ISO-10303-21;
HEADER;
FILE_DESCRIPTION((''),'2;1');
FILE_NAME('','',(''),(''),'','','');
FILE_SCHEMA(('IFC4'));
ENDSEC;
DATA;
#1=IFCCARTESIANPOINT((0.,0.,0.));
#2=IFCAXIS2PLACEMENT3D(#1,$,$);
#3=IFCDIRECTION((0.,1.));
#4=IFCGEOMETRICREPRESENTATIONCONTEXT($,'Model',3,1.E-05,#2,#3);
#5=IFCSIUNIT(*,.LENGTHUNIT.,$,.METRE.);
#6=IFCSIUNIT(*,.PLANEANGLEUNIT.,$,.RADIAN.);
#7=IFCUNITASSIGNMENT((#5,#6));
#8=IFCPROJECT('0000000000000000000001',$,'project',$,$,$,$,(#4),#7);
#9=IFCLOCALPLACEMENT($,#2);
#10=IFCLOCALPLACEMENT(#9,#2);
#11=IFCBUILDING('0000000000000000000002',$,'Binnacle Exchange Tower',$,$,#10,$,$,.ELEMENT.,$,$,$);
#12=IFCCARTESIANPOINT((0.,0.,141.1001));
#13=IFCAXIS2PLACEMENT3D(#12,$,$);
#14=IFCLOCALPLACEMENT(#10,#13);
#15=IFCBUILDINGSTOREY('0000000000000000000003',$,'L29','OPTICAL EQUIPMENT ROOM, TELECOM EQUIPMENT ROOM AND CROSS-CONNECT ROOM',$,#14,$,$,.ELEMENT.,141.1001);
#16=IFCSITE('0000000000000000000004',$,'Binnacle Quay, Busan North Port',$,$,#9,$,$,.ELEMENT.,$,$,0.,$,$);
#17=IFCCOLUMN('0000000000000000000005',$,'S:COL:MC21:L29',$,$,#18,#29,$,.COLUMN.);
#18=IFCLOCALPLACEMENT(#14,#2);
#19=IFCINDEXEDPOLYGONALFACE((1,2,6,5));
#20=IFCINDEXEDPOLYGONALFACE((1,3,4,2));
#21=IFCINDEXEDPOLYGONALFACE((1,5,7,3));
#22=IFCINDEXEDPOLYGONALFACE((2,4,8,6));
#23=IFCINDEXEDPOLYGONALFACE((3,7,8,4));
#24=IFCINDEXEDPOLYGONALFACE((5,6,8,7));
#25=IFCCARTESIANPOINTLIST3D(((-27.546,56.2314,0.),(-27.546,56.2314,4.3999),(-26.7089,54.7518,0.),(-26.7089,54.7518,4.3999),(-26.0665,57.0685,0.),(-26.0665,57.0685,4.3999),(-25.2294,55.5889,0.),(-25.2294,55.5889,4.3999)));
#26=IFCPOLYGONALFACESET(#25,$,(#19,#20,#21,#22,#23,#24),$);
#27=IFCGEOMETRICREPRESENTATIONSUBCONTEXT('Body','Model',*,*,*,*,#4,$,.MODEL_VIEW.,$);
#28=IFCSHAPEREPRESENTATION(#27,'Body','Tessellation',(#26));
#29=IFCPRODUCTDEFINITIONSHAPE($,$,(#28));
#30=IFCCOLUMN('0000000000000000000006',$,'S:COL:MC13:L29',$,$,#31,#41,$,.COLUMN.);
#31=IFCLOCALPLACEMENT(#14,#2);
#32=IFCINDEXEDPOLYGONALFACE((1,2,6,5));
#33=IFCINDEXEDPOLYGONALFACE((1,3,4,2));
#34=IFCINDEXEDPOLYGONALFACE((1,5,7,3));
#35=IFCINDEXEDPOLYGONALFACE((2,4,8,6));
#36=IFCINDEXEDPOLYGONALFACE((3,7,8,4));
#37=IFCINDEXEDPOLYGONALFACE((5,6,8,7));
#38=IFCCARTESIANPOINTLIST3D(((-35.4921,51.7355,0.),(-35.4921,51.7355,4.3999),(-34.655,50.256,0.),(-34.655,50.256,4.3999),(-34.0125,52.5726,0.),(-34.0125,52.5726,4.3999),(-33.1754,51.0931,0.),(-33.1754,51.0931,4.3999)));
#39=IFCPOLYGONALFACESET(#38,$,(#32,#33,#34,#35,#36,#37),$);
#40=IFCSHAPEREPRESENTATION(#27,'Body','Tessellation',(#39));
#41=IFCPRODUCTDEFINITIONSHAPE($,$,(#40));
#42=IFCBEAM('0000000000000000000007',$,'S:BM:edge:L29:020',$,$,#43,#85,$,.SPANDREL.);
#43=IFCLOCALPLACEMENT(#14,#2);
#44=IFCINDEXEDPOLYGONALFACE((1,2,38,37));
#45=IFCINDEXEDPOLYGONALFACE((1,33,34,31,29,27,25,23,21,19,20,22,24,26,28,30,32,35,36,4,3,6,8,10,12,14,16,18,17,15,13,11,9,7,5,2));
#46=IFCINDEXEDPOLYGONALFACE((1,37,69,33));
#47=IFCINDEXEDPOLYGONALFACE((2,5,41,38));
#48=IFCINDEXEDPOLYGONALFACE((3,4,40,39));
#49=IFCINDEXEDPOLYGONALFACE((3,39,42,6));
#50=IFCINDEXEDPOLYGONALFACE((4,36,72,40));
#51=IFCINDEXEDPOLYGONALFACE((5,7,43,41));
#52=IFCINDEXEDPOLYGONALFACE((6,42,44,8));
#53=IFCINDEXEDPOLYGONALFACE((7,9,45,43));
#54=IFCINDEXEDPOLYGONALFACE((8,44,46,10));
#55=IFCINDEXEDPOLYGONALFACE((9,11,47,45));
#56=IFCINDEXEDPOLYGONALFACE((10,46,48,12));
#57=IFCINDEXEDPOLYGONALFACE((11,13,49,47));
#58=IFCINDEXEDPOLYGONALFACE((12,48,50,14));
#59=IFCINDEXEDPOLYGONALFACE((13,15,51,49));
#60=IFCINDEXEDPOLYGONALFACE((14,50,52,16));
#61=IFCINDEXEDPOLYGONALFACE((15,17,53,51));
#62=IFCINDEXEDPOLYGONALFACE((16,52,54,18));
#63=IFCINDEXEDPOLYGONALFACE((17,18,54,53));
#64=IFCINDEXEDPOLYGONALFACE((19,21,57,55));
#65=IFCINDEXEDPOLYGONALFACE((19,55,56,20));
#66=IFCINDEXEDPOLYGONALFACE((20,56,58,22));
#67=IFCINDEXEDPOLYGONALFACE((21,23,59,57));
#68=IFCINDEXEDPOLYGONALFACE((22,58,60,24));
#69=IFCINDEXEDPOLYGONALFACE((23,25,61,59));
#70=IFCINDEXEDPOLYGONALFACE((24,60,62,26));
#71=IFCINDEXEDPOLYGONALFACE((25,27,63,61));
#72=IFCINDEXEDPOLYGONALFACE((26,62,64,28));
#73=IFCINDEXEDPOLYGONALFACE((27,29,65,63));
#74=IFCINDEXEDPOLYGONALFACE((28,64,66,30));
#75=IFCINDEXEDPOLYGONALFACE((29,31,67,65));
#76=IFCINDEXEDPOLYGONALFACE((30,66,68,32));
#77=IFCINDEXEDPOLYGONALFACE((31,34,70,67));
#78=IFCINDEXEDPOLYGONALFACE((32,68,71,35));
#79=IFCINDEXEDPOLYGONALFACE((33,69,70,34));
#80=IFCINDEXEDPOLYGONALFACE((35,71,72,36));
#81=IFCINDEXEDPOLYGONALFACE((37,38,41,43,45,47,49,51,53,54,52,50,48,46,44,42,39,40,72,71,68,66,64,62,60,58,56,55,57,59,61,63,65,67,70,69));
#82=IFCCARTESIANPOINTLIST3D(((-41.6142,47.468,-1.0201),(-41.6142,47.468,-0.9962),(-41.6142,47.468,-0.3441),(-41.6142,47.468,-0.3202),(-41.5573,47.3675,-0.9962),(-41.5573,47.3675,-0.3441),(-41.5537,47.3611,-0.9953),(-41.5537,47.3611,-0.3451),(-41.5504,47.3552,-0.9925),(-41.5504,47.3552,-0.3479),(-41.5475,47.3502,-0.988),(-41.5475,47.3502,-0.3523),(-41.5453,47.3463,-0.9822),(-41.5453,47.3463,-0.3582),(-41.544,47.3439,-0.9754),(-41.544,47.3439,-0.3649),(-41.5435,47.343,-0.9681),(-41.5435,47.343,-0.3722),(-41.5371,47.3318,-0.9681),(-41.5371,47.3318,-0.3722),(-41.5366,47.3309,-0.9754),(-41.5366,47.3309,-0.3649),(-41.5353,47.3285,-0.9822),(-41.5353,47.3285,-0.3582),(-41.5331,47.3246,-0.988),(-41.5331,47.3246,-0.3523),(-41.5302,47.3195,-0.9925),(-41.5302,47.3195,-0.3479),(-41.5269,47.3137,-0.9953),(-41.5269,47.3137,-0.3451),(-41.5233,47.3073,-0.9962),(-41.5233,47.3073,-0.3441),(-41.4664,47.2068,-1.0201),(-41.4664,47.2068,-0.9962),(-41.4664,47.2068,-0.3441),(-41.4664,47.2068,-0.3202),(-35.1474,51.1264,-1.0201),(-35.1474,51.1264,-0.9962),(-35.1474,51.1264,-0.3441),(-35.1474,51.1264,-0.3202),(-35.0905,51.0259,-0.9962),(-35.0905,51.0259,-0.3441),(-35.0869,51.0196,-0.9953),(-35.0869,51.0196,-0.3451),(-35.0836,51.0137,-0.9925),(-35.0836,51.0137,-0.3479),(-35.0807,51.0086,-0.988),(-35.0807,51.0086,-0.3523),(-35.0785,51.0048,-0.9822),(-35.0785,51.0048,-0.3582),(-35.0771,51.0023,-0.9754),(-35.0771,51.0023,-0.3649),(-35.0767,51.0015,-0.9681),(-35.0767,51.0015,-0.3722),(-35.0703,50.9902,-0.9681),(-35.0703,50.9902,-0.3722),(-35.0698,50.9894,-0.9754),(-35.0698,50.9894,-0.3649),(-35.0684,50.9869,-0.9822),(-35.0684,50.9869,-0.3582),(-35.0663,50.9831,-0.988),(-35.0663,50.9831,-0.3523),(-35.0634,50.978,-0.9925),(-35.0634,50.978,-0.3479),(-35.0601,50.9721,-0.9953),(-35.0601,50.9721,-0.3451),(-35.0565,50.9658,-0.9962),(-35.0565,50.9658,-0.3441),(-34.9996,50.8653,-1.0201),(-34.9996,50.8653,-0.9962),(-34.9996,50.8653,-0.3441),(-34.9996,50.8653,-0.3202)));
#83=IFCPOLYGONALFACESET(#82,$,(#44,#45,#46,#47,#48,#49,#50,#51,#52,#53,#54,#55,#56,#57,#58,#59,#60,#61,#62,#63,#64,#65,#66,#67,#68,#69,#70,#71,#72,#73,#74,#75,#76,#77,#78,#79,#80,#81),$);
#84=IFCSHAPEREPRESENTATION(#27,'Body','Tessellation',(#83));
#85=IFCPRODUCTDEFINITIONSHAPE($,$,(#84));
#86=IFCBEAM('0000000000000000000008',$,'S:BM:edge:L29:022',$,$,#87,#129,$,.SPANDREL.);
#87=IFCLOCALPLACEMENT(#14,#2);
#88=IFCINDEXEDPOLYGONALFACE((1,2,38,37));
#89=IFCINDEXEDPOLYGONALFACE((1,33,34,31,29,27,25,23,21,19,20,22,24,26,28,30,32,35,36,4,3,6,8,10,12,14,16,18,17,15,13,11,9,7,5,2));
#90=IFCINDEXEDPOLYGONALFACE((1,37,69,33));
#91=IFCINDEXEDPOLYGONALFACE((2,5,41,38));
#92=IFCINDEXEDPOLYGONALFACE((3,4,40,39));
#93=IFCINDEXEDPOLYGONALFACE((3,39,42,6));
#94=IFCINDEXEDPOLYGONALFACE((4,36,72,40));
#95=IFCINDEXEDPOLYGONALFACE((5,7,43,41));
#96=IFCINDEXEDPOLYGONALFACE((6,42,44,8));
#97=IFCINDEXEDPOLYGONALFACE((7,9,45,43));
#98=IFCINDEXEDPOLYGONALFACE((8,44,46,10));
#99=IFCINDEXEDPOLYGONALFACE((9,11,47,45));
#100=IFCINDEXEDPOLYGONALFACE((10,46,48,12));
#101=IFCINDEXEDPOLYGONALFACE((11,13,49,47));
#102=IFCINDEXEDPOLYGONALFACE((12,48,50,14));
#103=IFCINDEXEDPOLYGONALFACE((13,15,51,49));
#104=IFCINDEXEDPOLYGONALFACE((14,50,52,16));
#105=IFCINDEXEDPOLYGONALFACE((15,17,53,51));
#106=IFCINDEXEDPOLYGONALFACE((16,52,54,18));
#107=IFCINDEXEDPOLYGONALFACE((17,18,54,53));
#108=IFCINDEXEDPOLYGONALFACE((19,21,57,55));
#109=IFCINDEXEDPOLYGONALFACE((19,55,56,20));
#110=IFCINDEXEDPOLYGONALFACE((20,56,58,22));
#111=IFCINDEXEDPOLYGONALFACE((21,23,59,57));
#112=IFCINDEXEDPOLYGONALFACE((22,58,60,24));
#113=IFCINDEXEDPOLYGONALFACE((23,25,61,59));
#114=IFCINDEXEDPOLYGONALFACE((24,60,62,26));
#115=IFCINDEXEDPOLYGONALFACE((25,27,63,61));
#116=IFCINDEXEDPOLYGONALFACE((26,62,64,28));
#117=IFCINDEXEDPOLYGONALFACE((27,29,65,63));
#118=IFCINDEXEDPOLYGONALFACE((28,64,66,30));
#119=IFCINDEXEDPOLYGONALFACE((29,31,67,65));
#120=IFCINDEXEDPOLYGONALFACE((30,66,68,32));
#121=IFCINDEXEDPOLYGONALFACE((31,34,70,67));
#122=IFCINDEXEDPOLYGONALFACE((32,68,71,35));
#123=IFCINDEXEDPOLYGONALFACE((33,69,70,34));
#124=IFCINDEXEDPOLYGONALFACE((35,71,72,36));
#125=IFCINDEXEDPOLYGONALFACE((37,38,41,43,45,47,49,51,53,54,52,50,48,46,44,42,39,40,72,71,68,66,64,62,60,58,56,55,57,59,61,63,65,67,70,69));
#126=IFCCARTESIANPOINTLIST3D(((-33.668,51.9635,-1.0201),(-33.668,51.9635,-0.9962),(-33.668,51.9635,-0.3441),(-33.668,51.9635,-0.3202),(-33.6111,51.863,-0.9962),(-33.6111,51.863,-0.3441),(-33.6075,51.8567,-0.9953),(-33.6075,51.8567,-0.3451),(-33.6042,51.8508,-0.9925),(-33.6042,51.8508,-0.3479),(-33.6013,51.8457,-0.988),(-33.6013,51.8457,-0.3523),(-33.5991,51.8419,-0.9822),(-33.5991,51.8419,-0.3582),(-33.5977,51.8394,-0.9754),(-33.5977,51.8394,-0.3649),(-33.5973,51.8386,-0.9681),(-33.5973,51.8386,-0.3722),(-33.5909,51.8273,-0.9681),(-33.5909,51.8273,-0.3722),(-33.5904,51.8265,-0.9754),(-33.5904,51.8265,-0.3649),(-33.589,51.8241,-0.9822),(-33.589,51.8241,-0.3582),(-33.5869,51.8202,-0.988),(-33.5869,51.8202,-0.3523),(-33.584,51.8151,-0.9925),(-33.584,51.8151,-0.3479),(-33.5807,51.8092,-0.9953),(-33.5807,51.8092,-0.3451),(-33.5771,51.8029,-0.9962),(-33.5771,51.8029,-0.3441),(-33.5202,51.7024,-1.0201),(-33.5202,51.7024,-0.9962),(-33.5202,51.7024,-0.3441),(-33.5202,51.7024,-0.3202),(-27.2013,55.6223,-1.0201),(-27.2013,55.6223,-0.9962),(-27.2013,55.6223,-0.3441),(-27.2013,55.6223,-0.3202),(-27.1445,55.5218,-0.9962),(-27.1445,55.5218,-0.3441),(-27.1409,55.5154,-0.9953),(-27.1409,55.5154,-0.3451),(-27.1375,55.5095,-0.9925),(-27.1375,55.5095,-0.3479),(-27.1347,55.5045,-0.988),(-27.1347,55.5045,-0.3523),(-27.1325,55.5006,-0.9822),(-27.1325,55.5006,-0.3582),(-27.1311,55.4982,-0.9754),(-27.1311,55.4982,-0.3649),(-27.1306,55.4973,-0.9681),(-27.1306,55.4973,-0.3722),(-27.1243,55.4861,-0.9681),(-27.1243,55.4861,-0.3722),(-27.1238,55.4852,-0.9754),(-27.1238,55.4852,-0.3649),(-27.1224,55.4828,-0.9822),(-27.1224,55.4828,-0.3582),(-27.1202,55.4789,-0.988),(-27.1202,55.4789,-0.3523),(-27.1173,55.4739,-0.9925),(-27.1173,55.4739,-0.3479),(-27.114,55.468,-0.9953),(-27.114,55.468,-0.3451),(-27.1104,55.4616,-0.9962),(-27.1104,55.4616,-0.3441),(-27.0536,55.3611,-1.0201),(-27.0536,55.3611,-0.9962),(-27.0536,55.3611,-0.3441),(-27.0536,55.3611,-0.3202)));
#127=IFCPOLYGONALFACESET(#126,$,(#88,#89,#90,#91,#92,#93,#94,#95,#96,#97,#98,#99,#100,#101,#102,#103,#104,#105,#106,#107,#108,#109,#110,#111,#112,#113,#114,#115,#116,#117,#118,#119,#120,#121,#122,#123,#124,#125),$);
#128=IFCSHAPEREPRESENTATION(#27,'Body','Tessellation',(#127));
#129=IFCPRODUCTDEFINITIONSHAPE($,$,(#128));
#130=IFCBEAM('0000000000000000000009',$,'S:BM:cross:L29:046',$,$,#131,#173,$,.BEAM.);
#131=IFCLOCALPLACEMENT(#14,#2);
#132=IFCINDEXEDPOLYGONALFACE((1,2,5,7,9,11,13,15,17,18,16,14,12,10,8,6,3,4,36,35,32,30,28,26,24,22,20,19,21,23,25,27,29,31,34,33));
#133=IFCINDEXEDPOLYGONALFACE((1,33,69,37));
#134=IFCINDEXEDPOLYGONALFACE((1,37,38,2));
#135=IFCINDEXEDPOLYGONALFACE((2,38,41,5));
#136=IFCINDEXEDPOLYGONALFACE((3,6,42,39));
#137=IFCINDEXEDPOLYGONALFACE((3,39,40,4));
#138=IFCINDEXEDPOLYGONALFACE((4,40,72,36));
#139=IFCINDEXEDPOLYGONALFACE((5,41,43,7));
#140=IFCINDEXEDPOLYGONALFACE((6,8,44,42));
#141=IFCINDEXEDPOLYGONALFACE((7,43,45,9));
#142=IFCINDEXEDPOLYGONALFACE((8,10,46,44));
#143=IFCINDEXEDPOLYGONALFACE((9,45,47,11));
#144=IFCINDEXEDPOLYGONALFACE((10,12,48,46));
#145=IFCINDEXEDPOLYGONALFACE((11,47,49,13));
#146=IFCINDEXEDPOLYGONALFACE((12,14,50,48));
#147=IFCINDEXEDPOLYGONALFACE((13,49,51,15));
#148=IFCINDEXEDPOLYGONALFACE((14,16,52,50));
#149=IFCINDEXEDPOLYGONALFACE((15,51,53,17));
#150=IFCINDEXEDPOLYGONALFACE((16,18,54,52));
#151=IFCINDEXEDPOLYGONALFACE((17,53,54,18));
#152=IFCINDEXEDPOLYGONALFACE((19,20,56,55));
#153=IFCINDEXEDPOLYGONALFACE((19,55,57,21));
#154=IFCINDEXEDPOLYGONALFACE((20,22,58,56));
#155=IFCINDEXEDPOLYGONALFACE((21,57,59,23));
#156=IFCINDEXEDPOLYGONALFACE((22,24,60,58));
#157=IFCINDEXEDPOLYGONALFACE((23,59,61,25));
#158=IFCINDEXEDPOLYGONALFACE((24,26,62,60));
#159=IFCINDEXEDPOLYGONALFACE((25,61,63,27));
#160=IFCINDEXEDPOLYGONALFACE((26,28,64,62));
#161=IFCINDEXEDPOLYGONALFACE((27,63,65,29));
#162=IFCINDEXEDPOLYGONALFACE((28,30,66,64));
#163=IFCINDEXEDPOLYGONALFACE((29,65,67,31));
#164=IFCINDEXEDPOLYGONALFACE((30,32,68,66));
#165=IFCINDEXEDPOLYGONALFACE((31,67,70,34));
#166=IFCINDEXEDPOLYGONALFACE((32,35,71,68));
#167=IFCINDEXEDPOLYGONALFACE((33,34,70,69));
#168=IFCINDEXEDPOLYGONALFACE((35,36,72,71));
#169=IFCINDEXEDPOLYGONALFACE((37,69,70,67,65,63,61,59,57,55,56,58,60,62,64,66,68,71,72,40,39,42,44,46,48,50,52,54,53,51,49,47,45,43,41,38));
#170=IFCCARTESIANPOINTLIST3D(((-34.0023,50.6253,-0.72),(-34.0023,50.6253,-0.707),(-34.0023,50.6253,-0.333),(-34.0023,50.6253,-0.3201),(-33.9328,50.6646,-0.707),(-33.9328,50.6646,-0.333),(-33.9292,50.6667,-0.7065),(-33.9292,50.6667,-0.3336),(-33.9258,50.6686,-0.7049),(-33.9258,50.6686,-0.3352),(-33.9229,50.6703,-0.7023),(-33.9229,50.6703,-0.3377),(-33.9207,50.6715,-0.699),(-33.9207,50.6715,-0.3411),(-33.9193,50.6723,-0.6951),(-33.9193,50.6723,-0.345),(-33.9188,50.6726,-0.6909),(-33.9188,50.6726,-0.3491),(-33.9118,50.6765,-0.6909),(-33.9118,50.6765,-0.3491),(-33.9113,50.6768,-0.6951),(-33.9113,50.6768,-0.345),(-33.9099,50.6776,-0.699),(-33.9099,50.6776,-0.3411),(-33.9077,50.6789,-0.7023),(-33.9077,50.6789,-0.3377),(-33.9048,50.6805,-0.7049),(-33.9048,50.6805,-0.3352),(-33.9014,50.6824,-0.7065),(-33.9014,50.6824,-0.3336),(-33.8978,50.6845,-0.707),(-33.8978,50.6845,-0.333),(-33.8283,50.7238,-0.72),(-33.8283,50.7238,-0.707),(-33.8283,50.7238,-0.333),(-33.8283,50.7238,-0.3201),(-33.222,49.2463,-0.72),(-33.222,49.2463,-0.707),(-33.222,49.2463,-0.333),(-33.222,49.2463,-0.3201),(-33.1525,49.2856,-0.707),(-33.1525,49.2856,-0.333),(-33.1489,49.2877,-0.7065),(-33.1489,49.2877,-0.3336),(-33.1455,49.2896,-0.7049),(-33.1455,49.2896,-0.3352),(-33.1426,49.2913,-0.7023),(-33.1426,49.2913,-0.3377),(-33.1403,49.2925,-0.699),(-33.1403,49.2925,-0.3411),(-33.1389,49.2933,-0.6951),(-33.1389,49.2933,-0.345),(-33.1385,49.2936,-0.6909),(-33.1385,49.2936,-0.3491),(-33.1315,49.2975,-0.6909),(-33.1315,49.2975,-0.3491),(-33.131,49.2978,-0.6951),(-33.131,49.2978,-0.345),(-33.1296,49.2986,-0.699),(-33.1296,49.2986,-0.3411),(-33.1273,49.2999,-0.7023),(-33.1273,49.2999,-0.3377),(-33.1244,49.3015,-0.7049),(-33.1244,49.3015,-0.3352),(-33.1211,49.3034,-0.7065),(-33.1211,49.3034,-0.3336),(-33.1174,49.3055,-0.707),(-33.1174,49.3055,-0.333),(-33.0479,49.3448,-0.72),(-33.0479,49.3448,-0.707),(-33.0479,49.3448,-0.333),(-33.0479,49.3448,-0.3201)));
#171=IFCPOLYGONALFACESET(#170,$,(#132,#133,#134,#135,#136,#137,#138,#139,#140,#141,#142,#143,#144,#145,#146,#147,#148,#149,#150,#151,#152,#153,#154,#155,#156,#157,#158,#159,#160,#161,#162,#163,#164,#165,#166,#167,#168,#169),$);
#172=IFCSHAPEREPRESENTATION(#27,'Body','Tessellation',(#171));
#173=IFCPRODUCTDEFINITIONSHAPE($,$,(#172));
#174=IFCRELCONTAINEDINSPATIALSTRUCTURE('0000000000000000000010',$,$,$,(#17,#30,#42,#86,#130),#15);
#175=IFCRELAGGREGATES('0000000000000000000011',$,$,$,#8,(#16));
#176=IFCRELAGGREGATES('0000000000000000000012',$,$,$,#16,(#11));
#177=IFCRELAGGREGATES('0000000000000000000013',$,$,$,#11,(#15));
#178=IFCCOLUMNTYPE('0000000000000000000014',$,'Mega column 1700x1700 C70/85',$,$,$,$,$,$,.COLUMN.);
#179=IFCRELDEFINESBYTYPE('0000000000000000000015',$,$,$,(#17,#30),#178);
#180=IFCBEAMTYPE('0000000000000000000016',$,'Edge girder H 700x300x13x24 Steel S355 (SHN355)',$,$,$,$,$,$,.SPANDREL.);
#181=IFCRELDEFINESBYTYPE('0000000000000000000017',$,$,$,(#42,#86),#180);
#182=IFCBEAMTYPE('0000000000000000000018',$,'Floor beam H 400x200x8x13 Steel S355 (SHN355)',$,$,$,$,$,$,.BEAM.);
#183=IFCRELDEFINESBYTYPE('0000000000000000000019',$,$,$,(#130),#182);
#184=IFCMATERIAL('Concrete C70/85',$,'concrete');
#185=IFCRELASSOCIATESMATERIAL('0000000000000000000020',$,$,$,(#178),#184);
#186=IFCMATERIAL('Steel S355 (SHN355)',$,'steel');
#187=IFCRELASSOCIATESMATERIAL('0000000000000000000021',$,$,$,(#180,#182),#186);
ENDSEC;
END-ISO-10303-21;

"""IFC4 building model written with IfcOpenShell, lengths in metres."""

from ifc_helpers import new_model, si_unit, direction, frame, origin, origin_2d, place, context, subcontext, project, spatial, rectangle, i_section, extrude, material, material_profile, profile_set, type_object, element, save


model = new_model("IFC4")

# Units and contexts
model_context = context("Model", 3, precision=1e-05, world=origin(), true_north=direction((0.0, 1.0)))
body_context = subcontext(model_context, "Body", "Model", "MODEL_VIEW")
ifc_project = project(units=[si_unit("LENGTHUNIT", "METRE"), si_unit("PLANEANGLEUNIT", "RADIAN")], contexts=[model_context])

# Site, building, storey
site_placement = place(None, origin())
site = spatial("IfcSite", under=ifc_project, at=site_placement, Name="Binnacle Quay, Busan North Port", CompositionType="ELEMENT", RefElevation=0.0)
building_placement = place(site_placement, origin())
building = spatial("IfcBuilding", under=site, at=building_placement, Name="Binnacle Exchange Tower", CompositionType="ELEMENT")
storey_placement = place(building_placement, frame((0.0, 0.0, 141.1001)))
storey = spatial("IfcBuildingStorey", under=building, at=storey_placement, Name="L29", Description="OPTICAL EQUIPMENT ROOM, TELECOM EQUIPMENT ROOM AND CROSS-CONNECT ROOM", CompositionType="ELEMENT", Elevation=141.1001)

# Columns
ifc_material_1 = material(Name="Concrete C70/85", Category="concrete")
ifc_material_profile_1 = material_profile(ifc_material_1, rectangle(XDim=1.7, YDim=1.7, at=origin_2d()), Name="Mega column 1700x1700 C70/85")
ifc_profile_set_1 = profile_set([ifc_material_profile_1], Name="Concrete C70/85")
column_type = type_object("IfcColumnType", Name="Mega column 1700x1700 C70/85", PredefinedType="COLUMN", material=ifc_profile_set_1)
for number, where, z_axis, x_axis, name in (
    (1, (-26.3877, 55.9102, 0.0), (0.0, 0.0, 1.0), (-0.870356, -0.492424, 0.0), "S:COL:MC21:L29"),
    (2, (-34.3337, 51.4143, 0.0), (0.0, 0.0, 1.0), (-0.870356, -0.492424, 0.0), "S:COL:MC13:L29"),
):
    element("IfcColumn", number, at=place(storey_placement, frame(where, z_axis=z_axis, x_axis=x_axis)), inside=storey, type_object=column_type, Name=name, PredefinedType="COLUMN", context=body_context, shape_type="SweptSolid", body=[
        extrude(rectangle(XDim=1.7, YDim=1.7, at=origin_2d()), origin(), (0.0, 0.0, 1.0), 4.3999),
    ])

# Beams
ifc_material_2 = material(Name="Steel S355 (SHN355)", Category="steel")
ifc_material_profile_2 = material_profile(ifc_material_2, i_section(OverallWidth=0.3, OverallDepth=0.7, WebThickness=0.0129, FlangeThickness=0.0239, FilletRadius=0.0281, at=origin_2d()), Name="H 700x300x13x24")
ifc_profile_set_2 = profile_set([ifc_material_profile_2], Name="Steel S355 (SHN355)")
beam_type_1 = type_object("IfcBeamType", Name="Edge girder H 700x300x13x24 Steel S355 (SHN355)", PredefinedType="SPANDREL", material=ifc_profile_set_2)
for number, where, z_axis, x_axis, name in (
    (3, (-35.0735, 50.9958, -0.6702), (-0.870372, -0.492394, 0.0), (0.492394, -0.870372, 0.0), "S:BM:edge:L29:020"),
    (4, (-27.1274, 55.4917, -0.6702), (-0.87035, -0.492433, 0.0), (0.492433, -0.87035, 0.0), "S:BM:edge:L29:022"),
):
    element("IfcBeam", number, at=place(storey_placement, frame(where, z_axis=z_axis, x_axis=x_axis)), inside=storey, type_object=beam_type_1, Name=name, PredefinedType="SPANDREL", context=body_context, shape_type="SweptSolid", body=[
        extrude(i_section(OverallWidth=0.3, OverallDepth=0.7, WebThickness=0.0129, FlangeThickness=0.0239, FilletRadius=0.0281, at=origin_2d()), origin(), (0.0, 0.0, 1.0), 7.4299),
    ])
ifc_material_profile_3 = material_profile(ifc_material_2, i_section(OverallWidth=0.2, OverallDepth=0.3999, WebThickness=0.0081, FlangeThickness=0.0129, FilletRadius=0.0161, at=origin_2d()), Name="H 400x200x8x13")
ifc_profile_set_3 = profile_set([ifc_material_profile_3], Name="Steel S355 (SHN355)")
beam_type_2 = type_object("IfcBeamType", Name="Floor beam H 400x200x8x13 Steel S355 (SHN355)", PredefinedType="BEAM", material=ifc_profile_set_3)
beam_1_placement = place(storey_placement, frame((-33.9153, 50.6746, -0.52), z_axis=(0.492484, -0.870322, 0.0), x_axis=(0.870322, 0.492484, 0.0)))
element("IfcBeam", 5, at=beam_1_placement, inside=storey, type_object=beam_type_2, Name="S:BM:cross:L29:046", PredefinedType="BEAM", context=body_context, shape_type="SweptSolid", body=[
    extrude(i_section(OverallWidth=0.2, OverallDepth=0.3999, WebThickness=0.0081, FlangeThickness=0.0129, FilletRadius=0.0161, at=origin_2d()), origin(), (0.0, 0.0, 1.0), 1.5845),
])

save(model, "model.ifc")
